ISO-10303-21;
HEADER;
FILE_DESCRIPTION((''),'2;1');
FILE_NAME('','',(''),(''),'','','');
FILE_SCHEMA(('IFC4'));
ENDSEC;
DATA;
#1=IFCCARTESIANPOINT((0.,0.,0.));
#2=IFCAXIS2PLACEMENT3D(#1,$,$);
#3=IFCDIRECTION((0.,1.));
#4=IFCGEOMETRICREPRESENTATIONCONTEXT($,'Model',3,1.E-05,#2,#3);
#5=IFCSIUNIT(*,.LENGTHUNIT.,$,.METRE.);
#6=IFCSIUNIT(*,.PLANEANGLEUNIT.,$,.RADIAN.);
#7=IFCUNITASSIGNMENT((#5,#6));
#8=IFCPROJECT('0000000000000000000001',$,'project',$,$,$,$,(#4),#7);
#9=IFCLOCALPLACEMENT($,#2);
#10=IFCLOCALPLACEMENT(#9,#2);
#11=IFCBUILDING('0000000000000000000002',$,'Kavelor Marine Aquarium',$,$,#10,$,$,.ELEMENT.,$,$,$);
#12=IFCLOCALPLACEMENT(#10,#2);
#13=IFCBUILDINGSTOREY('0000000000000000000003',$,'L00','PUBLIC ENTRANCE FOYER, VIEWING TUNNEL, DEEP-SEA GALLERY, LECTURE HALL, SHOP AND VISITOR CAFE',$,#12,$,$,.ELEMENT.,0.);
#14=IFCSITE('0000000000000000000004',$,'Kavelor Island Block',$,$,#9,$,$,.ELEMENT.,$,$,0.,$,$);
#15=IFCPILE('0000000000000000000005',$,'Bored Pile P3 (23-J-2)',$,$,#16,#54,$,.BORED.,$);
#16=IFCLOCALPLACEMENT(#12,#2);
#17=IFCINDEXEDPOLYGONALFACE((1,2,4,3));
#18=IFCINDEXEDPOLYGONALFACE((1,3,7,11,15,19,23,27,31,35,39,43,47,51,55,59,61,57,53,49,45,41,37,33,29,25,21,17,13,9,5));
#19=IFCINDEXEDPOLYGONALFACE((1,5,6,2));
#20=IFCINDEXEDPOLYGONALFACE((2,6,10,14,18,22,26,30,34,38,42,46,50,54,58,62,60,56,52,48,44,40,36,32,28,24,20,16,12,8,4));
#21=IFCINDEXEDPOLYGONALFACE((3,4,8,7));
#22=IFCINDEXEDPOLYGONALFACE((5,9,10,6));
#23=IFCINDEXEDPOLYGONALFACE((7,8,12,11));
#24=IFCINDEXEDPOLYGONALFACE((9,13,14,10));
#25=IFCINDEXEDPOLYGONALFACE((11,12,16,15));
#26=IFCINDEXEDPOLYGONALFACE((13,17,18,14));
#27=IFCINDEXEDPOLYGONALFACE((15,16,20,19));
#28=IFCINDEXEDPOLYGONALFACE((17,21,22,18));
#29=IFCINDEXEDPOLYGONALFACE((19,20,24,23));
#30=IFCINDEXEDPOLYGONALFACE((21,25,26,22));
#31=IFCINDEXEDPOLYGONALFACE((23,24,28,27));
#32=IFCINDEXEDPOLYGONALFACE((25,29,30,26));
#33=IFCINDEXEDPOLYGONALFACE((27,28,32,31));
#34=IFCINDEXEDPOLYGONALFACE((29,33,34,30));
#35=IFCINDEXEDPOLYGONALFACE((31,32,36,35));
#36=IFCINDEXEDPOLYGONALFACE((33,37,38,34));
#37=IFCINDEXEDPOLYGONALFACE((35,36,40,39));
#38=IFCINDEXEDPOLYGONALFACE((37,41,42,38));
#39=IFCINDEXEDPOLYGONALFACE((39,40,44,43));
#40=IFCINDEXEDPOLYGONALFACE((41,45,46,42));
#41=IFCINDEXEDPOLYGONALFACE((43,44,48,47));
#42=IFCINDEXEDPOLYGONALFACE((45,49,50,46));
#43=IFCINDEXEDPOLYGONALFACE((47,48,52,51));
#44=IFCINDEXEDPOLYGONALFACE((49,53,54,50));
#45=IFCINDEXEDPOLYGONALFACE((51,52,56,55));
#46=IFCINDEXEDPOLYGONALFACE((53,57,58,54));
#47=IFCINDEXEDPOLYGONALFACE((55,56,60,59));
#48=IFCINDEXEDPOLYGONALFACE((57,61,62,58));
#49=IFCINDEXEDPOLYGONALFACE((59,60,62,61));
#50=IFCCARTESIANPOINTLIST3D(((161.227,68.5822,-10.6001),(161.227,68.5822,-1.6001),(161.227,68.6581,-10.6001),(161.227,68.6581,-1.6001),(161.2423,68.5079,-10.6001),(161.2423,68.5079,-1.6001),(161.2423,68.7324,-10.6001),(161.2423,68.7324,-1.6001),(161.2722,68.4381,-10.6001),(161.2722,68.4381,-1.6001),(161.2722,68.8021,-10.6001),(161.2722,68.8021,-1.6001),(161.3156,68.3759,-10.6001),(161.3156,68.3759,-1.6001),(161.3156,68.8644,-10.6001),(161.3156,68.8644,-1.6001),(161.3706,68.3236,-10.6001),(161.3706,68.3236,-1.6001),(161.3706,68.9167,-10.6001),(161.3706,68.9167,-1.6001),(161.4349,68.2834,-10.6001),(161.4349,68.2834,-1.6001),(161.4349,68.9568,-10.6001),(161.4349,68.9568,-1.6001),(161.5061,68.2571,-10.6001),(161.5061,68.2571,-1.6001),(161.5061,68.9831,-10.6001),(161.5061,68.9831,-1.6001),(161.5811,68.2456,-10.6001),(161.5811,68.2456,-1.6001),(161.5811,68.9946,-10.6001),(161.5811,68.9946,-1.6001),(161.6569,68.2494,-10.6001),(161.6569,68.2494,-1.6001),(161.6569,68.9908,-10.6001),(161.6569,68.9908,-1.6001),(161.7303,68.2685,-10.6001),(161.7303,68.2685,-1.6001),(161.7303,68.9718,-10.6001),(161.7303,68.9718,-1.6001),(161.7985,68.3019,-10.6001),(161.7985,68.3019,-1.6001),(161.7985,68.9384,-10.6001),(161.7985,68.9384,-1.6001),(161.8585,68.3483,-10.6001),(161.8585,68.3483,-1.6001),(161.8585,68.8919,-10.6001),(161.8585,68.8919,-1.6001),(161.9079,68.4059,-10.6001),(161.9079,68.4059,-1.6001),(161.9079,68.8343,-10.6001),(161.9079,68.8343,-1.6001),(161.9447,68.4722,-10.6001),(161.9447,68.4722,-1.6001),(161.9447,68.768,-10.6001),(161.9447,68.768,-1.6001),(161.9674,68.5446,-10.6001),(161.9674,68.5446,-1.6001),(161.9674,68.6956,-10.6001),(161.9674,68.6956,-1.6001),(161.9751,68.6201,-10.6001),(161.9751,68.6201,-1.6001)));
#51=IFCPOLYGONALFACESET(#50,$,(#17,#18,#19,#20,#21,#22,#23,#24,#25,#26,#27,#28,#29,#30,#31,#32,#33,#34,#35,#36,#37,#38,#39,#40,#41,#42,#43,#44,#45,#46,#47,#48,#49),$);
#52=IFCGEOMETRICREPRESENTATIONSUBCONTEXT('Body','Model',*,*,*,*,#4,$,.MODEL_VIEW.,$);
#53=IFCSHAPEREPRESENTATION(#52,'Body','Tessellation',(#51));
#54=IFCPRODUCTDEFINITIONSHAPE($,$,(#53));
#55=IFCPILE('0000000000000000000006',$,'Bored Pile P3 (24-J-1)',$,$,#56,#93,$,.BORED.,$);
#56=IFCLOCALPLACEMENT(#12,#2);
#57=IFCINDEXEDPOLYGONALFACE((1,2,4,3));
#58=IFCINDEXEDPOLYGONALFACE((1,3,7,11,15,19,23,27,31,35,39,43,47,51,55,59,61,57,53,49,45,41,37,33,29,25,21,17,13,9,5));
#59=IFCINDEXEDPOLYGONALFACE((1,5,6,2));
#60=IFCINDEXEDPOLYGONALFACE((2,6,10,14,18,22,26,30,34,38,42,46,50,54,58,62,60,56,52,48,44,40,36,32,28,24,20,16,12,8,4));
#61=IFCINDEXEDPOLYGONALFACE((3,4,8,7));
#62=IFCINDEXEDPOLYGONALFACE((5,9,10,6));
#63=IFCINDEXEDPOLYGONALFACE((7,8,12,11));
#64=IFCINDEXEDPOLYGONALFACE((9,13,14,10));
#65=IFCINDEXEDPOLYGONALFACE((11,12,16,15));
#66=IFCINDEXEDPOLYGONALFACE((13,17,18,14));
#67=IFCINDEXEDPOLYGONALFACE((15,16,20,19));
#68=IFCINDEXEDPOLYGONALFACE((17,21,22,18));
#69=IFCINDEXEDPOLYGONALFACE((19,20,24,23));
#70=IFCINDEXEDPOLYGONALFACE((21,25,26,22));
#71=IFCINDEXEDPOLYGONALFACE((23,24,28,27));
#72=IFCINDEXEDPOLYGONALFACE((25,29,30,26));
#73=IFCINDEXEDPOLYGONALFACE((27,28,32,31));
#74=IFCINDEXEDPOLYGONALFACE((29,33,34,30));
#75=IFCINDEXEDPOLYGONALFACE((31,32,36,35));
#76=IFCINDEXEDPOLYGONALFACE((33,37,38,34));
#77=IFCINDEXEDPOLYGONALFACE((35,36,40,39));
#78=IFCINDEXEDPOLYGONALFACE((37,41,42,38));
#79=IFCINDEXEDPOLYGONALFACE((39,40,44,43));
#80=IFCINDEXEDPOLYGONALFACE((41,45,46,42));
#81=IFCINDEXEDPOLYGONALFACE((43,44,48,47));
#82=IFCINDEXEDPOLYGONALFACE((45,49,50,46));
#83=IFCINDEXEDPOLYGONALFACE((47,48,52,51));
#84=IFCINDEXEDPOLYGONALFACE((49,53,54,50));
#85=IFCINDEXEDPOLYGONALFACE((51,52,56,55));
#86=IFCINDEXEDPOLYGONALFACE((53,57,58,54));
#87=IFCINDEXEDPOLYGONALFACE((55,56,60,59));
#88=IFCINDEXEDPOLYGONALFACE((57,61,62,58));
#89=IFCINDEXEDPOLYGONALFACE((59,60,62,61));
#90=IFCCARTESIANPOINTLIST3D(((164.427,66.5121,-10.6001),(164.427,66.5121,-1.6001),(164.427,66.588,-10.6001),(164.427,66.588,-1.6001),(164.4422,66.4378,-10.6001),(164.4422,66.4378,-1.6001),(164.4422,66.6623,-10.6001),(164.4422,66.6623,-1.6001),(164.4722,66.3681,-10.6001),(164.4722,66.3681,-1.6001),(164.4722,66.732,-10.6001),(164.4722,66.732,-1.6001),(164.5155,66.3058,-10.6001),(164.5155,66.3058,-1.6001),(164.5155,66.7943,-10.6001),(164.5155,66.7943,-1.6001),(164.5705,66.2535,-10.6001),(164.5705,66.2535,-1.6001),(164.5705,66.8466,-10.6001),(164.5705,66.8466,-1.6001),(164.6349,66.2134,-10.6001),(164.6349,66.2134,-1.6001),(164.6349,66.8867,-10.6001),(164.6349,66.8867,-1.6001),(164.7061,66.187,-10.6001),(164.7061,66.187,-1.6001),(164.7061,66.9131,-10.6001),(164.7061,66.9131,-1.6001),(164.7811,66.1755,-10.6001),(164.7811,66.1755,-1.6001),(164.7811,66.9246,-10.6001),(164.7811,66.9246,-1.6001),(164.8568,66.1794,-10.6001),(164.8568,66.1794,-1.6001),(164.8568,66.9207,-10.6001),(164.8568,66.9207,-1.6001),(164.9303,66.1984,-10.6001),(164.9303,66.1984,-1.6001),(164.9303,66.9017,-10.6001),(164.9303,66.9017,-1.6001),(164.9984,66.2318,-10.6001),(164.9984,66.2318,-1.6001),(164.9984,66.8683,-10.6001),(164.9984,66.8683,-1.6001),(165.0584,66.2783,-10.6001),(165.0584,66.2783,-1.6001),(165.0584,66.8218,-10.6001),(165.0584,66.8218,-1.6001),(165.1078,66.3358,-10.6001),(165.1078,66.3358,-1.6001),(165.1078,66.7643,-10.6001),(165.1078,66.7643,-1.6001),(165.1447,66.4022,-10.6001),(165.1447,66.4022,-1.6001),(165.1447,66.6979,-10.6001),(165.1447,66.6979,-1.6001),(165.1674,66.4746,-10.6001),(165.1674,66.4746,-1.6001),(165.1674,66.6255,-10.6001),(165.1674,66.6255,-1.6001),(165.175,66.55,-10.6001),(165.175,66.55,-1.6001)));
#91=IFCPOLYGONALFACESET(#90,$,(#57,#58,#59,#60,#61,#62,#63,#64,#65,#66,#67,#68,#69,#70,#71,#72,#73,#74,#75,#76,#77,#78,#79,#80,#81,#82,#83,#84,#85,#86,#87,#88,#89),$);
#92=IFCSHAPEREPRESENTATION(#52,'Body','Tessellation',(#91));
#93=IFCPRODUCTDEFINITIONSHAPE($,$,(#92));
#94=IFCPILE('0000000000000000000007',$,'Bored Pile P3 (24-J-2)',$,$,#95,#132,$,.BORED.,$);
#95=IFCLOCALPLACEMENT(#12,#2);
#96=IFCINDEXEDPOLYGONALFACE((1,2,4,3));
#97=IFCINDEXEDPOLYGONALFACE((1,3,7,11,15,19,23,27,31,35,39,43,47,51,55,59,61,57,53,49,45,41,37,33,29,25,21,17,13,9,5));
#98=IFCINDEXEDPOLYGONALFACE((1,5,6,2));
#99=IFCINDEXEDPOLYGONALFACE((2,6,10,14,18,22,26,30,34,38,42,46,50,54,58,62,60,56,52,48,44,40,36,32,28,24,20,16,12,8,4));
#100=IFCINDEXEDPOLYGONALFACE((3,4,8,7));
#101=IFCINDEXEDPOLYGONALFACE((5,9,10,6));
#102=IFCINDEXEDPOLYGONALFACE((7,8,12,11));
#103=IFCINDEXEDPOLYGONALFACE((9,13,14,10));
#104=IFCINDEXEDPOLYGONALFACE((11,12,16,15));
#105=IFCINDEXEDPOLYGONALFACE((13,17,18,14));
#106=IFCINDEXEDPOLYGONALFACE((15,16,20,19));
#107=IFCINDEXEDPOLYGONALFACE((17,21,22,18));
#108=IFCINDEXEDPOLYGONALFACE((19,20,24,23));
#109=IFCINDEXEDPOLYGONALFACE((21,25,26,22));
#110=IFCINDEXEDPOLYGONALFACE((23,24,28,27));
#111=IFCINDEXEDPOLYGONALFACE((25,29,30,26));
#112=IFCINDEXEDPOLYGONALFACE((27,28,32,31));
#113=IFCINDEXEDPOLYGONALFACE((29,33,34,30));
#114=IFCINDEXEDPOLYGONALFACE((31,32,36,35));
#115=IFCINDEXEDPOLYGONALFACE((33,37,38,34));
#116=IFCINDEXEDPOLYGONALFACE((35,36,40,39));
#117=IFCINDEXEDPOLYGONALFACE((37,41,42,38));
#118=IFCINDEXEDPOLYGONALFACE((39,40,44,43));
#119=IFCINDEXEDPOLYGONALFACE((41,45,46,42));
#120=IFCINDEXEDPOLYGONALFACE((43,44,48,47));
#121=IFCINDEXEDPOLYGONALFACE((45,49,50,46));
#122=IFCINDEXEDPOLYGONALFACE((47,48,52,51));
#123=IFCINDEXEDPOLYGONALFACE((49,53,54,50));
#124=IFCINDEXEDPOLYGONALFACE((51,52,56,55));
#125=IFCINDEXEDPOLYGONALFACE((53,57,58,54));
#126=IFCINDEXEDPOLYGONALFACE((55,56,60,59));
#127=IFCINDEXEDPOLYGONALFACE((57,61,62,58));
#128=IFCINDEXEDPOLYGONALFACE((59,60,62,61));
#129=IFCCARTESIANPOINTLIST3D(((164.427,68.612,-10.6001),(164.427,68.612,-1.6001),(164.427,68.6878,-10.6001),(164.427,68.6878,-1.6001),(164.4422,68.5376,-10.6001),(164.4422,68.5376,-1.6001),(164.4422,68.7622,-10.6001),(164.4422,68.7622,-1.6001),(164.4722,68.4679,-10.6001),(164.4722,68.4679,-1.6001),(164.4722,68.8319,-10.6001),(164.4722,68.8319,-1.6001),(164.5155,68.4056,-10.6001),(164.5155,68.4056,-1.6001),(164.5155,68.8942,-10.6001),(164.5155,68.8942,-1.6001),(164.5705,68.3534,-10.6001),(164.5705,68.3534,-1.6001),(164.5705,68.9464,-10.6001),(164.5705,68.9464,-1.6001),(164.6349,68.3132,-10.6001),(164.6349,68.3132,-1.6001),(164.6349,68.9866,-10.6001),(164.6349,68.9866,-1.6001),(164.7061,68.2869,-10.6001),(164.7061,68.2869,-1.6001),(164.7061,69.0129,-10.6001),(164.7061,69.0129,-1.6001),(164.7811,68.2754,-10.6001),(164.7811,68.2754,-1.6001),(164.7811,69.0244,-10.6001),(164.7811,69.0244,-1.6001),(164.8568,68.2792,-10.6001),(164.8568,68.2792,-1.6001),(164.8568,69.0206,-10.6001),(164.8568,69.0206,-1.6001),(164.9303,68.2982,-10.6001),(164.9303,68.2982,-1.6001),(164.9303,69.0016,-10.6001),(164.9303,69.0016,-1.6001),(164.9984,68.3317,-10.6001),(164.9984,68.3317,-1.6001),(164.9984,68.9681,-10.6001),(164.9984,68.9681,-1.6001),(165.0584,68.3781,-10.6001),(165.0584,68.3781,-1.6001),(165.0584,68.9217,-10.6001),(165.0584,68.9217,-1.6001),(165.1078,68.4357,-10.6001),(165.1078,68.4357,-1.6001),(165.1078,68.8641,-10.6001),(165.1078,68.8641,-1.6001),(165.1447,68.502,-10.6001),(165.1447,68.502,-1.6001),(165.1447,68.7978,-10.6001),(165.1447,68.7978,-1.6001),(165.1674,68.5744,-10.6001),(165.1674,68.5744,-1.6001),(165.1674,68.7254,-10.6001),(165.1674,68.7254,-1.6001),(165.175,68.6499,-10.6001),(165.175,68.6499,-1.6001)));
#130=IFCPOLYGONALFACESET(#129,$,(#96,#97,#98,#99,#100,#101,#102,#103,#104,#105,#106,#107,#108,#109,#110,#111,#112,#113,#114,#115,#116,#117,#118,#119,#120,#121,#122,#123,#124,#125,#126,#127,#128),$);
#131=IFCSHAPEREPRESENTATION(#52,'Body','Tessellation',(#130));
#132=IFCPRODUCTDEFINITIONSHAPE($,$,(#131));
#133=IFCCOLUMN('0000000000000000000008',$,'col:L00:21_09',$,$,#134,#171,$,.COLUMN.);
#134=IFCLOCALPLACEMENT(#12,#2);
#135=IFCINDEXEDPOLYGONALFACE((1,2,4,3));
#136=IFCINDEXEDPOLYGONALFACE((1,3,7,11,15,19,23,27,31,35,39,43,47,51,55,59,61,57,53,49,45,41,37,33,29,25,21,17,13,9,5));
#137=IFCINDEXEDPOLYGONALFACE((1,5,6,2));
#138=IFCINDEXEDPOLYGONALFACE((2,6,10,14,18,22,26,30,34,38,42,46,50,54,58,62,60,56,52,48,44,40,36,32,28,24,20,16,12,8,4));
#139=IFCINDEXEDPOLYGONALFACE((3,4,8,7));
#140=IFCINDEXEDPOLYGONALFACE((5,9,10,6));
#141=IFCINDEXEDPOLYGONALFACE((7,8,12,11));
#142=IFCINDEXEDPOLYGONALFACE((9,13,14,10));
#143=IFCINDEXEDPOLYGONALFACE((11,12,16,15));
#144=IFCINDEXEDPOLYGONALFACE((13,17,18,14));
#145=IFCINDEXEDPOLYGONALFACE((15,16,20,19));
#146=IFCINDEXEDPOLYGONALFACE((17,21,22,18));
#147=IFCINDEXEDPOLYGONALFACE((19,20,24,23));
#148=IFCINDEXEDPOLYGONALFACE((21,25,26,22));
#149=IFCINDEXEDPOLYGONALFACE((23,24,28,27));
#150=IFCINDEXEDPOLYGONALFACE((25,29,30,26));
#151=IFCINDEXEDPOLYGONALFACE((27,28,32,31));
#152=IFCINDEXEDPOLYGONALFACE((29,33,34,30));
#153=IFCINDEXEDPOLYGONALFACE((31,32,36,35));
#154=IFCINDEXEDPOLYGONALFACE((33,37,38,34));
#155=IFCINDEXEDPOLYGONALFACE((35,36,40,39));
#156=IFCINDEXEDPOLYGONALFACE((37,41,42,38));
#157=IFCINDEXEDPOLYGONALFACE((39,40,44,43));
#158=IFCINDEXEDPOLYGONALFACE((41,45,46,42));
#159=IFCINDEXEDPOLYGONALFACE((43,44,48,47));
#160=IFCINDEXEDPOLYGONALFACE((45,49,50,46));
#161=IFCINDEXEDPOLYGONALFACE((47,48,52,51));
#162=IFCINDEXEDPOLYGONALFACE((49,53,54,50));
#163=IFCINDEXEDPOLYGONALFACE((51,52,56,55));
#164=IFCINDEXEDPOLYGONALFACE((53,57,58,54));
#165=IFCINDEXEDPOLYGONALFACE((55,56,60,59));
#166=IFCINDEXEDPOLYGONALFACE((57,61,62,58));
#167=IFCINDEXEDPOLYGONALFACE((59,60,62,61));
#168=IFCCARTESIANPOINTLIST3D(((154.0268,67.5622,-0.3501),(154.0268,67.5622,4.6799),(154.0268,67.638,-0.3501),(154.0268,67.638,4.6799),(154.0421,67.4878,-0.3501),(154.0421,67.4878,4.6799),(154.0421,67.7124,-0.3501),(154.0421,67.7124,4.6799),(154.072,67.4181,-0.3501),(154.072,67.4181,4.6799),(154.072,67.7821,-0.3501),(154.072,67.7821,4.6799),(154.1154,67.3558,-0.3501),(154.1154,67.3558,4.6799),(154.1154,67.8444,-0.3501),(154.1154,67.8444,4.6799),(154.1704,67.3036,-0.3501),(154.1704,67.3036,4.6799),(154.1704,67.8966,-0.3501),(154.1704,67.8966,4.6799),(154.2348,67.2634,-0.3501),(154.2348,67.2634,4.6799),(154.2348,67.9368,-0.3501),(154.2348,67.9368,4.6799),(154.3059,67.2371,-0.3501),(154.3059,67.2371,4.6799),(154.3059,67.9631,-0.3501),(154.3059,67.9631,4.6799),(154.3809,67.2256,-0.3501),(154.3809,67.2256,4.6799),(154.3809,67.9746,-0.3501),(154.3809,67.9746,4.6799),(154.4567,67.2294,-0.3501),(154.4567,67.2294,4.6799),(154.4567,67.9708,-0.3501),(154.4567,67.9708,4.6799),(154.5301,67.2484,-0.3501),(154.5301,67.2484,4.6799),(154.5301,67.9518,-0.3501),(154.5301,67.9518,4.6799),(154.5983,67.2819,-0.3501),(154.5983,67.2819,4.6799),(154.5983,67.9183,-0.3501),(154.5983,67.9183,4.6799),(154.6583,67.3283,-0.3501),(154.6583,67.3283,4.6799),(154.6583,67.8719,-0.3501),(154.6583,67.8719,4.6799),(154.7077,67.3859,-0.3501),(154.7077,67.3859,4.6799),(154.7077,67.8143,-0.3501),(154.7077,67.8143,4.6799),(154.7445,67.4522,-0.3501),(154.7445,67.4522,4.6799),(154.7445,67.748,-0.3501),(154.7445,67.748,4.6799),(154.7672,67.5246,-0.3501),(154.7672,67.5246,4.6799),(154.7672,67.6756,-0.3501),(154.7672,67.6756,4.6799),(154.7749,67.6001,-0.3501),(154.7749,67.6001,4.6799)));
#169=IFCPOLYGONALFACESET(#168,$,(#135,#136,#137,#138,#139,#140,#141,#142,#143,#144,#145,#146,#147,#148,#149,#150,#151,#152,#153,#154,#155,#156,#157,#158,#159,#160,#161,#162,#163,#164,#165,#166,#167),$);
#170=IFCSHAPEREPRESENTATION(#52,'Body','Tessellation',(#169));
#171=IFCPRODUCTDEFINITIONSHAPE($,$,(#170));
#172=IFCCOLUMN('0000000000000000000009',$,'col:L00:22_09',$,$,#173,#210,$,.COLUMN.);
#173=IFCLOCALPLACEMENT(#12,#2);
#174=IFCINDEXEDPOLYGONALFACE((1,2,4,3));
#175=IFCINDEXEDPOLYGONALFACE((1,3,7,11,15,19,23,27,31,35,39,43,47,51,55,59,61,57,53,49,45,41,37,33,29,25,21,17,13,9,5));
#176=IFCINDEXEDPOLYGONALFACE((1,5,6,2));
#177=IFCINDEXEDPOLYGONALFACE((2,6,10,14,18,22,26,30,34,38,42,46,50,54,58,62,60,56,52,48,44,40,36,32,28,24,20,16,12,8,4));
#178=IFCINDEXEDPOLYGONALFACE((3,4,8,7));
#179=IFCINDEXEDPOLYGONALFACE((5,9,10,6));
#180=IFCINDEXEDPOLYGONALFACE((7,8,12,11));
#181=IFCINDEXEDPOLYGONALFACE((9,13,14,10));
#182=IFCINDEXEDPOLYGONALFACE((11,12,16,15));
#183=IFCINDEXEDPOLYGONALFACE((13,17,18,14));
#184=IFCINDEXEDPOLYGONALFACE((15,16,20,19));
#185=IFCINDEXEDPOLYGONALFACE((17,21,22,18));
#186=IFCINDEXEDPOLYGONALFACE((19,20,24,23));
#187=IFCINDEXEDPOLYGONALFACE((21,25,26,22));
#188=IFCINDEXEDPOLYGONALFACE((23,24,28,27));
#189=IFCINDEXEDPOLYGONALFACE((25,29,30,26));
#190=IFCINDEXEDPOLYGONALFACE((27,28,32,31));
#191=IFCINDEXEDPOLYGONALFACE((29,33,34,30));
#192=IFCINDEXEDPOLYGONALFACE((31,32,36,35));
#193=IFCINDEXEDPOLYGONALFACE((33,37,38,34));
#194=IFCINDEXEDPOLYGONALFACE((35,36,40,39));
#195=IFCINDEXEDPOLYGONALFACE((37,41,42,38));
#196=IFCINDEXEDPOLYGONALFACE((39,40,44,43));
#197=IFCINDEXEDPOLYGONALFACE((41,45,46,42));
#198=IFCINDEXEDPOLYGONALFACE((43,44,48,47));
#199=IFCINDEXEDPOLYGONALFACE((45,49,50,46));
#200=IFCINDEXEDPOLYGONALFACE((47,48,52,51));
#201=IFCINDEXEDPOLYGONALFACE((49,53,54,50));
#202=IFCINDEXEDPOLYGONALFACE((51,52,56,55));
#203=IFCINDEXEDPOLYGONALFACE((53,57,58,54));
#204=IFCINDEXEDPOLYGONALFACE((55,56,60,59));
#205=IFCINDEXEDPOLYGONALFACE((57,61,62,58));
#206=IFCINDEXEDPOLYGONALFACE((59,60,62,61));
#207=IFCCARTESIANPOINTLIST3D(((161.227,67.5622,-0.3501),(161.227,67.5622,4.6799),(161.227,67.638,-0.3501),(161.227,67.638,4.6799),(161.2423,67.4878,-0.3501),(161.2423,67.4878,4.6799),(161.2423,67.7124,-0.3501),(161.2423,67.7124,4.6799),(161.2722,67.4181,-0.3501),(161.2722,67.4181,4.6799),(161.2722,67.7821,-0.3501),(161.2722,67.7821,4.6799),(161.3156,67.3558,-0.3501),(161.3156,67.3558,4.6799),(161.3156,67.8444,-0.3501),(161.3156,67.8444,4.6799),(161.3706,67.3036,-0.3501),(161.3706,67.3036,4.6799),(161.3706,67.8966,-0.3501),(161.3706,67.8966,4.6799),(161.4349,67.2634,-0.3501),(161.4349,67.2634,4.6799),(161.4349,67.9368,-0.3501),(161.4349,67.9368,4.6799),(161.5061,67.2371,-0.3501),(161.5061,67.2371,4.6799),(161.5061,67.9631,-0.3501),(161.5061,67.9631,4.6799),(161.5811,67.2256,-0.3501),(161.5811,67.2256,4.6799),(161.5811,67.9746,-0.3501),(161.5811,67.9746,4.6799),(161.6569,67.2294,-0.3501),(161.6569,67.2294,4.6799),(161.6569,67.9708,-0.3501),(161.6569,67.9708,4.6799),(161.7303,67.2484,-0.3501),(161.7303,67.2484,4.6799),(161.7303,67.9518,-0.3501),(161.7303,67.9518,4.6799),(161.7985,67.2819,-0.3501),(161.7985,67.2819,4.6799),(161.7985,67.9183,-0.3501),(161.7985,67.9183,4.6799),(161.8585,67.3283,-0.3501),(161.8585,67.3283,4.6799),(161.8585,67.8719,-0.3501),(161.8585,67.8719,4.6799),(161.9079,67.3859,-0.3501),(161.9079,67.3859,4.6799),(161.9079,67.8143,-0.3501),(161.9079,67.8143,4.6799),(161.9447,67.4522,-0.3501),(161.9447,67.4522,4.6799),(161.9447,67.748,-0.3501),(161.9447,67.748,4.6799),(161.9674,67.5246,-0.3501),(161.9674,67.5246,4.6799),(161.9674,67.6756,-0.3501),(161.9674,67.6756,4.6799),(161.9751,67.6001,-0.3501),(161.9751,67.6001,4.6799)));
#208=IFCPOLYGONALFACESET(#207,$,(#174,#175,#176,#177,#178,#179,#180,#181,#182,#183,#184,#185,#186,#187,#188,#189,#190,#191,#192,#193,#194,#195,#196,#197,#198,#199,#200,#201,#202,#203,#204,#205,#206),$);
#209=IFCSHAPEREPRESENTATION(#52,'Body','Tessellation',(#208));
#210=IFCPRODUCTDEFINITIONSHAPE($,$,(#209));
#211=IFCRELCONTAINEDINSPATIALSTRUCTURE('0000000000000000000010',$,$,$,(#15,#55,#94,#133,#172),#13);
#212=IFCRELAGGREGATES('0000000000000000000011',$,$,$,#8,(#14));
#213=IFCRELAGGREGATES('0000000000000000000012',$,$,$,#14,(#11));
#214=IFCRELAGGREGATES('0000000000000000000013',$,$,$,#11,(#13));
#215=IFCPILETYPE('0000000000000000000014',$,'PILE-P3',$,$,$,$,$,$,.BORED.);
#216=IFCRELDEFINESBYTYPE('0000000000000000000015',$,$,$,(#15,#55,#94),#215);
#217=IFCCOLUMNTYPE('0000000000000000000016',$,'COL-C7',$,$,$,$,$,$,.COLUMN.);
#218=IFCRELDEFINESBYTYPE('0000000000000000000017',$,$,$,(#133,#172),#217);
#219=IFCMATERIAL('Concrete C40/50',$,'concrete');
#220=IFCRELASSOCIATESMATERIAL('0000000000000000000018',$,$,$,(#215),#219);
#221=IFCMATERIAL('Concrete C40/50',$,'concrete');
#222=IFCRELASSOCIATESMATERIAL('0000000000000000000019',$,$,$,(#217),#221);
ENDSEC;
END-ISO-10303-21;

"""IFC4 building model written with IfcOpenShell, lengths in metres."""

from ifc_helpers import new_model, si_unit, direction, frame, origin, origin_2d, place, context, subcontext, project, spatial, circle, extrude, material, material_profile, profile_set, type_object, element, save


model = new_model("IFC4")

# Units and contexts
model_context = context("Model", 3, precision=1e-05, world=origin(), true_north=direction((0.0, 1.0)))
body_context = subcontext(model_context, "Body", "Model", "MODEL_VIEW")
ifc_project = project(units=[si_unit("LENGTHUNIT", "METRE"), si_unit("PLANEANGLEUNIT", "RADIAN")], contexts=[model_context])

# Site, building, storey
site_placement = place(None, origin())
site = spatial("IfcSite", under=ifc_project, at=site_placement, Name="Kavelor Island Block", CompositionType="ELEMENT", RefElevation=0.0)
building_placement = place(site_placement, origin())
building = spatial("IfcBuilding", under=site, at=building_placement, Name="Kavelor Marine Aquarium", CompositionType="ELEMENT")
storey_placement = place(building_placement, origin())
storey = spatial("IfcBuildingStorey", under=building, at=storey_placement, Name="L00", Description="PUBLIC ENTRANCE FOYER, VIEWING TUNNEL, DEEP-SEA GALLERY, LECTURE HALL, SHOP AND VISITOR CAFE", CompositionType="ELEMENT", Elevation=0.0)

# Piles
ifc_material_1 = material(Name="Concrete C40/50", Category="concrete")
ifc_material_profile_1 = material_profile(ifc_material_1, circle(Radius=0.375, at=origin_2d()), Name="PILE D750")
ifc_profile_set_1 = profile_set([ifc_material_profile_1], Name="Concrete C40/50")
pile_type = type_object("IfcPileType", Name="PILE-P3", PredefinedType="BORED", material=ifc_profile_set_1)
for number, where, z_axis, x_axis, name in (
    (1, (161.6001, 68.6201, -1.6001), (0.0, 0.0, -1.0), (1.0, 0.0, 0.0), "Bored Pile P3 (23-J-2)"),
    (2, (164.8, 66.55, -1.6001), (0.0, 0.0, -1.0), (1.0, 0.0, 0.0), "Bored Pile P3 (24-J-1)"),
    (3, (164.8, 68.6499, -1.6001), (0.0, 0.0, -1.0), (1.0, 0.0, 0.0), "Bored Pile P3 (24-J-2)"),
):
    element("IfcPile", number, at=place(storey_placement, frame(where, z_axis=z_axis, x_axis=x_axis)), inside=storey, type_object=pile_type, Name=name, PredefinedType="BORED", context=body_context, shape_type="SweptSolid", body=[
        extrude(circle(Radius=0.375, at=origin_2d()), origin(), (0.0, 0.0, 1.0), 9.0),
    ])

# Columns
ifc_material_2 = material(Name="Concrete C40/50", Category="concrete")
ifc_material_profile_2 = material_profile(ifc_material_2, circle(Radius=0.375, at=origin_2d()), Name="RC-COL D750")
ifc_profile_set_2 = profile_set([ifc_material_profile_2], Name="Concrete C40/50")
column_type = type_object("IfcColumnType", Name="COL-C7", PredefinedType="COLUMN", material=ifc_profile_set_2)
for number, where, z_axis, x_axis, name in (
    (4, (154.3999, 67.6001, -0.3501), (0.0, 0.0, 1.0), (1.0, 0.0, 0.0), "col:L00:21_09"),
    (5, (161.6001, 67.6001, -0.3501), (0.0, 0.0, 1.0), (1.0, 0.0, 0.0), "col:L00:22_09"),
):
    element("IfcColumn", number, at=place(storey_placement, frame(where, z_axis=z_axis, x_axis=x_axis)), inside=storey, type_object=column_type, Name=name, PredefinedType="COLUMN", context=body_context, shape_type="SweptSolid", body=[
        extrude(circle(Radius=0.375, at=origin_2d()), origin(), (0.0, 0.0, 1.0), 5.03),
    ])

save(model, "model.ifc")
